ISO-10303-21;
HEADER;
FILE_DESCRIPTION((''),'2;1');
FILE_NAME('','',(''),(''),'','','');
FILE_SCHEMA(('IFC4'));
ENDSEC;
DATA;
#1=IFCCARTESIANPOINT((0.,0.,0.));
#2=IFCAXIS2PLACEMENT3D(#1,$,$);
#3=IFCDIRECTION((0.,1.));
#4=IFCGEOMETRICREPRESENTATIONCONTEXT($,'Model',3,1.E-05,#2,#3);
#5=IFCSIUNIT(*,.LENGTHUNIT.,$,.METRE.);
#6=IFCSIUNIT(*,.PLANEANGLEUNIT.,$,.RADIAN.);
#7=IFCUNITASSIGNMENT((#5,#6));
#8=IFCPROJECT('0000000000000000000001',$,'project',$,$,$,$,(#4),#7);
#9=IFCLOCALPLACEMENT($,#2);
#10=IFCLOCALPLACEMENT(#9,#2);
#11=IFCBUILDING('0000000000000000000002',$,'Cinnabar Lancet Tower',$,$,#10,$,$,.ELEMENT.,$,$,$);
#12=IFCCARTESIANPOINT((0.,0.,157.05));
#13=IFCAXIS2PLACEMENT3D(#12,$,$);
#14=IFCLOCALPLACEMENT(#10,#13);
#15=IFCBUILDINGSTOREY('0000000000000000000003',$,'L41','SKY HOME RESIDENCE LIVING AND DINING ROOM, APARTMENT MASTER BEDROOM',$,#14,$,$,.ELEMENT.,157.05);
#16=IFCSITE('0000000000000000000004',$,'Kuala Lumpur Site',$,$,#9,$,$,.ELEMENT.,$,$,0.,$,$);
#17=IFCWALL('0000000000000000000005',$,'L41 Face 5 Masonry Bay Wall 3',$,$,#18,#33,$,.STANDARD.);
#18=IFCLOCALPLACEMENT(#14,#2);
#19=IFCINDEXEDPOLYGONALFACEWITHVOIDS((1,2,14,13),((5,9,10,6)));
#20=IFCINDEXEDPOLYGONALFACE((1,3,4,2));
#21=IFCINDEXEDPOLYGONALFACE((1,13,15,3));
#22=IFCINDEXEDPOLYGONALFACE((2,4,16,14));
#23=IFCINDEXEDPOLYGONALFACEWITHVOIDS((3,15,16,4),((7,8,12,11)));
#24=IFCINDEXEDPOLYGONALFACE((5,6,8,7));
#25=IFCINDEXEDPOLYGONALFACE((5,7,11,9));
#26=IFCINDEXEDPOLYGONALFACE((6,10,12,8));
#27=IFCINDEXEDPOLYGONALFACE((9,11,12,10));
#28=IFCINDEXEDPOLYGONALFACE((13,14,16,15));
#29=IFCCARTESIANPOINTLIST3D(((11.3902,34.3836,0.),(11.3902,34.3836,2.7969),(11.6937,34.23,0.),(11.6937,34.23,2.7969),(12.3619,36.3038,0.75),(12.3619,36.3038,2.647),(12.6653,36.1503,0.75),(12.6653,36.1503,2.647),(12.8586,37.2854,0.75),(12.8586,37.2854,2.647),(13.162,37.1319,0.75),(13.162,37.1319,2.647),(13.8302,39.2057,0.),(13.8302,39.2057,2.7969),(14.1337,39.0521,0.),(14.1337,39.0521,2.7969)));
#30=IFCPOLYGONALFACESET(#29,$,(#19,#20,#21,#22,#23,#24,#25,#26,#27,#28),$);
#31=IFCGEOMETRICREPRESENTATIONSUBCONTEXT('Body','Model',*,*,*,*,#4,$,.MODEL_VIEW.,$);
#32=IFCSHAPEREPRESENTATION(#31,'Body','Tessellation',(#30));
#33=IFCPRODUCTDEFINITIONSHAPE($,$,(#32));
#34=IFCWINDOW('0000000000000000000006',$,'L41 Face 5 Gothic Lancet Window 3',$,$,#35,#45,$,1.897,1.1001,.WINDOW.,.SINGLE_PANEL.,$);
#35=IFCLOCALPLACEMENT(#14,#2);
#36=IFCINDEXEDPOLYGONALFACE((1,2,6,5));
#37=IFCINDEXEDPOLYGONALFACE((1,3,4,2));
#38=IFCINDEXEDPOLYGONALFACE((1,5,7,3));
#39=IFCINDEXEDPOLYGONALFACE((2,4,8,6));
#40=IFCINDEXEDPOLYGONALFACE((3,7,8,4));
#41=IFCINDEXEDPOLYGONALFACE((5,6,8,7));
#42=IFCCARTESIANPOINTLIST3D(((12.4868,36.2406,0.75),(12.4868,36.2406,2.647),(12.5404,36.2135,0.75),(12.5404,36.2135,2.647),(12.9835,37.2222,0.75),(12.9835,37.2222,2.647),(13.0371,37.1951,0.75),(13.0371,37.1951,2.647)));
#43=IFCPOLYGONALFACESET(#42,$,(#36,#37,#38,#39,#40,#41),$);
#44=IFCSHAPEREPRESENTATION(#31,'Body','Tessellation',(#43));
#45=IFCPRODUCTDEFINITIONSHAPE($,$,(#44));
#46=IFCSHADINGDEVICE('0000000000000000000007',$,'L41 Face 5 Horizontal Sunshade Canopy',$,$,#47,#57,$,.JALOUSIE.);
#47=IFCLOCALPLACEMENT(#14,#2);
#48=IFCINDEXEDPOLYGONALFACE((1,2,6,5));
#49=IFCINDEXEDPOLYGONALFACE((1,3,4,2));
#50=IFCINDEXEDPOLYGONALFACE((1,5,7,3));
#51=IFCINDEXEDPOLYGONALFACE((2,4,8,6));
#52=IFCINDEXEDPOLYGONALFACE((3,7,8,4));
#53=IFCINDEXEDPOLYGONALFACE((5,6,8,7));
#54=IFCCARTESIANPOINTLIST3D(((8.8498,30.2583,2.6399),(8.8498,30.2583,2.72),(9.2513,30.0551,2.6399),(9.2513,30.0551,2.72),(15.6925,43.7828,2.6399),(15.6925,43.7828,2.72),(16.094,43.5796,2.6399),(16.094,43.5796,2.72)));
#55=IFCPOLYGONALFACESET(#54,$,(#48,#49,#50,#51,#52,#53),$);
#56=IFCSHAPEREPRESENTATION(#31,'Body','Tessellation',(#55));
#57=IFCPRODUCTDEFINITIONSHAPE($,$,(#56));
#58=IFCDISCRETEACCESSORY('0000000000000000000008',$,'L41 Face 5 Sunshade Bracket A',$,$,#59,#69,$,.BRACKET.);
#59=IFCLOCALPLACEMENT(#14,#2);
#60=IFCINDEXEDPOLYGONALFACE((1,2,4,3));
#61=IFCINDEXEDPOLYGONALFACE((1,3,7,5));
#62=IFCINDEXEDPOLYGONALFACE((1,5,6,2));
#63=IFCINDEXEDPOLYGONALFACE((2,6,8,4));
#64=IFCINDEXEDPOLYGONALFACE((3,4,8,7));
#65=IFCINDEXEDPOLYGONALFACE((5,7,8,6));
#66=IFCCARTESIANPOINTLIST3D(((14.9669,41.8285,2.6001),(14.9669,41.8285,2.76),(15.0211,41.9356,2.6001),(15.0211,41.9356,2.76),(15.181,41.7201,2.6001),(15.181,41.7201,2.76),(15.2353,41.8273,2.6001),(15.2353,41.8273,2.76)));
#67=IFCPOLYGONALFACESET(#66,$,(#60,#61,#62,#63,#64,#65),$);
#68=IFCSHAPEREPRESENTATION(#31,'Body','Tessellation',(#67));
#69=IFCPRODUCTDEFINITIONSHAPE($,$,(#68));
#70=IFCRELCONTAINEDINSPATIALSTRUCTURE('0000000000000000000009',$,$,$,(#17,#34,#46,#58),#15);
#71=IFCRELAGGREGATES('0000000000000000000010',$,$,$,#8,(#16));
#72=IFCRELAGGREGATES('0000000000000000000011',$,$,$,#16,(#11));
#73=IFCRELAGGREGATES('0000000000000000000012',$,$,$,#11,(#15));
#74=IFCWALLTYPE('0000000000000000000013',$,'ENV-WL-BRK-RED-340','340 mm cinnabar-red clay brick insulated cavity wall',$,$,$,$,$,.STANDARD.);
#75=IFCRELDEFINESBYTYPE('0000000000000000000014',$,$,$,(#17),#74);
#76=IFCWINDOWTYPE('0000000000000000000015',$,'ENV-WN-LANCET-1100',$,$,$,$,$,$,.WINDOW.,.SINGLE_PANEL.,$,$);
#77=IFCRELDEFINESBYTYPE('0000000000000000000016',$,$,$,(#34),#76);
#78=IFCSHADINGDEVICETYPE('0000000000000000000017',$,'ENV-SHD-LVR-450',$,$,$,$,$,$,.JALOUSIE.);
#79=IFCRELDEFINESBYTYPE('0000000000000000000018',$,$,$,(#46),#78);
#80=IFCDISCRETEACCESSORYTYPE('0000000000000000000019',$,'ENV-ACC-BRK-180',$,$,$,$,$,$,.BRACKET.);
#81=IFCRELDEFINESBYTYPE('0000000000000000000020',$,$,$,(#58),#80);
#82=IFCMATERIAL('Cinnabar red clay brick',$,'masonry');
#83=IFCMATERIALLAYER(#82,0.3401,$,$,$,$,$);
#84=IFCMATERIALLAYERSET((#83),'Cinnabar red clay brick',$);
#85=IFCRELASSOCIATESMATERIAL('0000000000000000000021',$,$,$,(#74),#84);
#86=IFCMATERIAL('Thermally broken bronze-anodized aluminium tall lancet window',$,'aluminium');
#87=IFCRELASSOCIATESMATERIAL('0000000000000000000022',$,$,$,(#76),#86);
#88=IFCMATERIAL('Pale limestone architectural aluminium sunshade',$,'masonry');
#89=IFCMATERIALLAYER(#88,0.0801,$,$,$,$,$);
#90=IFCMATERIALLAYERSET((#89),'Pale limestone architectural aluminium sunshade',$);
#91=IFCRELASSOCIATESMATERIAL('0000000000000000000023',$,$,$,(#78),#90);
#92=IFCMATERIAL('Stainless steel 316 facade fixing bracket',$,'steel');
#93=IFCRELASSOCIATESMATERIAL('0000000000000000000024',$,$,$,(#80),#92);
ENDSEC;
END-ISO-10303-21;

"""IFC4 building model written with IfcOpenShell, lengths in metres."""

from ifc_helpers import new_model, si_unit, direction, frame, frame_2d, origin, origin_2d, place, context, subcontext, project, spatial, rectangle, extrude, material, layer, layer_set, type_object, element, fill, save


model = new_model("IFC4")

# Units and contexts
model_context = context("Model", 3, precision=1e-05, world=origin(), true_north=direction((0.0, 1.0)))
body_context = subcontext(model_context, "Body", "Model", "MODEL_VIEW")
ifc_project = project(units=[si_unit("LENGTHUNIT", "METRE"), si_unit("PLANEANGLEUNIT", "RADIAN")], contexts=[model_context])

# Site, building, storey
site_placement = place(None, origin())
site = spatial("IfcSite", under=ifc_project, at=site_placement, Name="Kuala Lumpur Site", CompositionType="ELEMENT", RefElevation=0.0)
building_placement = place(site_placement, origin())
building = spatial("IfcBuilding", under=site, at=building_placement, Name="Cinnabar Lancet Tower", CompositionType="ELEMENT")
storey_placement = place(building_placement, frame((0.0, 0.0, 157.05)))
storey = spatial("IfcBuildingStorey", under=building, at=storey_placement, Name="L41", Description="SKY HOME RESIDENCE LIVING AND DINING ROOM, APARTMENT MASTER BEDROOM", CompositionType="ELEMENT", Elevation=157.05)

# Shared definitions
ifc_material_1 = material(Name="Cinnabar red clay brick", Category="masonry")
ifc_layer_1 = layer(ifc_material_1, 0.3401)
ifc_layer_set_1 = layer_set([ifc_layer_1], Name="Cinnabar red clay brick")
wall_type_1 = type_object("IfcWallType", Name="ENV-WL-BRK-RED-340", Description="340 mm cinnabar-red clay brick insulated cavity wall", PredefinedType="STANDARD", material=ifc_layer_set_1)

# Wall, opening, window
ifc_material_2 = material(Name="Thermally broken bronze-anodized aluminium tall lancet window", Category="aluminium")
window_type = type_object("IfcWindowType", Name="ENV-WN-LANCET-1100", PartitioningType="SINGLE_PANEL", PredefinedType="WINDOW", material=ifc_material_2)
wall_1_placement = place(storey_placement, frame((13.9819, 39.1289, 0.0), z_axis=(0.0, 0.0, 1.0), x_axis=(-0.451491, -0.892276, 0.0)))
wall_1 = element("IfcWall", 1, at=wall_1_placement, inside=storey, type_object=wall_type_1, Name="L41 Face 5 Masonry Bay Wall 3", PredefinedType="STANDARD", context=body_context, shape_type="SweptSolid", body=[
    extrude(rectangle(XDim=5.4043, YDim=0.3401, at=frame_2d((2.7021, 0.0))), origin(), (0.0, 0.0, 1.0), 2.7969),
])
opening_1_placement = place(wall_1_placement, frame((2.1521, 0.0, 0.75)))
opening_1 = element("IfcOpeningElement", 2, at=opening_1_placement, cuts=wall_1, PredefinedType="OPENING", context=body_context, shape_type="SweptSolid", body=[
    extrude(rectangle(XDim=1.1001, YDim=1.897, at=frame_2d((0.55, 0.9485))), frame((0.0, 0.1799, 0.0), z_axis=(0.0, -1.0, 0.0), x_axis=(1.0, 0.0, 0.0)), (0.0, 0.0, 1.0), 0.3601),
])
window_1_placement = place(opening_1_placement, origin())
window_1 = element("IfcWindow", 3, at=window_1_placement, inside=storey, type_object=window_type, Name="L41 Face 5 Gothic Lancet Window 3", OverallHeight=1.897, OverallWidth=1.1001, PartitioningType="SINGLE_PANEL", PredefinedType="WINDOW", context=body_context, shape_type="SweptSolid", body=[
    extrude(rectangle(XDim=1.1001, YDim=1.897, at=frame_2d((0.55, 0.9485))), frame((0.0, 0.03, 0.0), z_axis=(0.0, -1.0, 0.0), x_axis=(1.0, 0.0, 0.0)), (0.0, 0.0, 1.0), 0.0601),
])
fill(opening_1, window_1)

# Shading device
ifc_material_3 = material(Name="Pale limestone architectural aluminium sunshade", Category="masonry")
ifc_layer_2 = layer(ifc_material_3, 0.0801)
ifc_layer_set_2 = layer_set([ifc_layer_2], Name="Pale limestone architectural aluminium sunshade")
shading_device_type = type_object("IfcShadingDeviceType", Name="ENV-SHD-LVR-450", PredefinedType="JALOUSIE", material=ifc_layer_set_2)
shading_device_placement = place(storey_placement, frame((12.4719, 36.9189, 2.6399), z_axis=(0.0, 0.0, 1.0), x_axis=(-0.451454, -0.892294, 0.0)))
element("IfcShadingDevice", 4, at=shading_device_placement, inside=storey, type_object=shading_device_type, Name="L41 Face 5 Horizontal Sunshade Canopy", PredefinedType="JALOUSIE", context=body_context, shape_type="SweptSolid", body=[
    extrude(rectangle(XDim=15.157, YDim=0.45, at=origin_2d()), origin(), (0.0, 0.0, 1.0), 0.0801),
])

# Discrete accessory
ifc_material_4 = material(Name="Stainless steel 316 facade fixing bracket", Category="steel")
discrete_accessory_type = type_object("IfcDiscreteAccessoryType", Name="ENV-ACC-BRK-180", PredefinedType="BRACKET", material=ifc_material_4)
discrete_accessory_placement = place(storey_placement, frame((15.1011, 41.8279, 2.6001), z_axis=(0.0, 0.0, 1.0), x_axis=(-0.451454, -0.892294, 0.0)))
element("IfcDiscreteAccessory", 5, at=discrete_accessory_placement, inside=storey, type_object=discrete_accessory_type, Name="L41 Face 5 Sunshade Bracket A", PredefinedType="BRACKET", context=body_context, shape_type="SweptSolid", body=[
    extrude(rectangle(XDim=0.1201, YDim=0.24, at=origin_2d()), origin(), (0.0, 0.0, 1.0), 0.1599),
])

save(model, "model.ifc")
